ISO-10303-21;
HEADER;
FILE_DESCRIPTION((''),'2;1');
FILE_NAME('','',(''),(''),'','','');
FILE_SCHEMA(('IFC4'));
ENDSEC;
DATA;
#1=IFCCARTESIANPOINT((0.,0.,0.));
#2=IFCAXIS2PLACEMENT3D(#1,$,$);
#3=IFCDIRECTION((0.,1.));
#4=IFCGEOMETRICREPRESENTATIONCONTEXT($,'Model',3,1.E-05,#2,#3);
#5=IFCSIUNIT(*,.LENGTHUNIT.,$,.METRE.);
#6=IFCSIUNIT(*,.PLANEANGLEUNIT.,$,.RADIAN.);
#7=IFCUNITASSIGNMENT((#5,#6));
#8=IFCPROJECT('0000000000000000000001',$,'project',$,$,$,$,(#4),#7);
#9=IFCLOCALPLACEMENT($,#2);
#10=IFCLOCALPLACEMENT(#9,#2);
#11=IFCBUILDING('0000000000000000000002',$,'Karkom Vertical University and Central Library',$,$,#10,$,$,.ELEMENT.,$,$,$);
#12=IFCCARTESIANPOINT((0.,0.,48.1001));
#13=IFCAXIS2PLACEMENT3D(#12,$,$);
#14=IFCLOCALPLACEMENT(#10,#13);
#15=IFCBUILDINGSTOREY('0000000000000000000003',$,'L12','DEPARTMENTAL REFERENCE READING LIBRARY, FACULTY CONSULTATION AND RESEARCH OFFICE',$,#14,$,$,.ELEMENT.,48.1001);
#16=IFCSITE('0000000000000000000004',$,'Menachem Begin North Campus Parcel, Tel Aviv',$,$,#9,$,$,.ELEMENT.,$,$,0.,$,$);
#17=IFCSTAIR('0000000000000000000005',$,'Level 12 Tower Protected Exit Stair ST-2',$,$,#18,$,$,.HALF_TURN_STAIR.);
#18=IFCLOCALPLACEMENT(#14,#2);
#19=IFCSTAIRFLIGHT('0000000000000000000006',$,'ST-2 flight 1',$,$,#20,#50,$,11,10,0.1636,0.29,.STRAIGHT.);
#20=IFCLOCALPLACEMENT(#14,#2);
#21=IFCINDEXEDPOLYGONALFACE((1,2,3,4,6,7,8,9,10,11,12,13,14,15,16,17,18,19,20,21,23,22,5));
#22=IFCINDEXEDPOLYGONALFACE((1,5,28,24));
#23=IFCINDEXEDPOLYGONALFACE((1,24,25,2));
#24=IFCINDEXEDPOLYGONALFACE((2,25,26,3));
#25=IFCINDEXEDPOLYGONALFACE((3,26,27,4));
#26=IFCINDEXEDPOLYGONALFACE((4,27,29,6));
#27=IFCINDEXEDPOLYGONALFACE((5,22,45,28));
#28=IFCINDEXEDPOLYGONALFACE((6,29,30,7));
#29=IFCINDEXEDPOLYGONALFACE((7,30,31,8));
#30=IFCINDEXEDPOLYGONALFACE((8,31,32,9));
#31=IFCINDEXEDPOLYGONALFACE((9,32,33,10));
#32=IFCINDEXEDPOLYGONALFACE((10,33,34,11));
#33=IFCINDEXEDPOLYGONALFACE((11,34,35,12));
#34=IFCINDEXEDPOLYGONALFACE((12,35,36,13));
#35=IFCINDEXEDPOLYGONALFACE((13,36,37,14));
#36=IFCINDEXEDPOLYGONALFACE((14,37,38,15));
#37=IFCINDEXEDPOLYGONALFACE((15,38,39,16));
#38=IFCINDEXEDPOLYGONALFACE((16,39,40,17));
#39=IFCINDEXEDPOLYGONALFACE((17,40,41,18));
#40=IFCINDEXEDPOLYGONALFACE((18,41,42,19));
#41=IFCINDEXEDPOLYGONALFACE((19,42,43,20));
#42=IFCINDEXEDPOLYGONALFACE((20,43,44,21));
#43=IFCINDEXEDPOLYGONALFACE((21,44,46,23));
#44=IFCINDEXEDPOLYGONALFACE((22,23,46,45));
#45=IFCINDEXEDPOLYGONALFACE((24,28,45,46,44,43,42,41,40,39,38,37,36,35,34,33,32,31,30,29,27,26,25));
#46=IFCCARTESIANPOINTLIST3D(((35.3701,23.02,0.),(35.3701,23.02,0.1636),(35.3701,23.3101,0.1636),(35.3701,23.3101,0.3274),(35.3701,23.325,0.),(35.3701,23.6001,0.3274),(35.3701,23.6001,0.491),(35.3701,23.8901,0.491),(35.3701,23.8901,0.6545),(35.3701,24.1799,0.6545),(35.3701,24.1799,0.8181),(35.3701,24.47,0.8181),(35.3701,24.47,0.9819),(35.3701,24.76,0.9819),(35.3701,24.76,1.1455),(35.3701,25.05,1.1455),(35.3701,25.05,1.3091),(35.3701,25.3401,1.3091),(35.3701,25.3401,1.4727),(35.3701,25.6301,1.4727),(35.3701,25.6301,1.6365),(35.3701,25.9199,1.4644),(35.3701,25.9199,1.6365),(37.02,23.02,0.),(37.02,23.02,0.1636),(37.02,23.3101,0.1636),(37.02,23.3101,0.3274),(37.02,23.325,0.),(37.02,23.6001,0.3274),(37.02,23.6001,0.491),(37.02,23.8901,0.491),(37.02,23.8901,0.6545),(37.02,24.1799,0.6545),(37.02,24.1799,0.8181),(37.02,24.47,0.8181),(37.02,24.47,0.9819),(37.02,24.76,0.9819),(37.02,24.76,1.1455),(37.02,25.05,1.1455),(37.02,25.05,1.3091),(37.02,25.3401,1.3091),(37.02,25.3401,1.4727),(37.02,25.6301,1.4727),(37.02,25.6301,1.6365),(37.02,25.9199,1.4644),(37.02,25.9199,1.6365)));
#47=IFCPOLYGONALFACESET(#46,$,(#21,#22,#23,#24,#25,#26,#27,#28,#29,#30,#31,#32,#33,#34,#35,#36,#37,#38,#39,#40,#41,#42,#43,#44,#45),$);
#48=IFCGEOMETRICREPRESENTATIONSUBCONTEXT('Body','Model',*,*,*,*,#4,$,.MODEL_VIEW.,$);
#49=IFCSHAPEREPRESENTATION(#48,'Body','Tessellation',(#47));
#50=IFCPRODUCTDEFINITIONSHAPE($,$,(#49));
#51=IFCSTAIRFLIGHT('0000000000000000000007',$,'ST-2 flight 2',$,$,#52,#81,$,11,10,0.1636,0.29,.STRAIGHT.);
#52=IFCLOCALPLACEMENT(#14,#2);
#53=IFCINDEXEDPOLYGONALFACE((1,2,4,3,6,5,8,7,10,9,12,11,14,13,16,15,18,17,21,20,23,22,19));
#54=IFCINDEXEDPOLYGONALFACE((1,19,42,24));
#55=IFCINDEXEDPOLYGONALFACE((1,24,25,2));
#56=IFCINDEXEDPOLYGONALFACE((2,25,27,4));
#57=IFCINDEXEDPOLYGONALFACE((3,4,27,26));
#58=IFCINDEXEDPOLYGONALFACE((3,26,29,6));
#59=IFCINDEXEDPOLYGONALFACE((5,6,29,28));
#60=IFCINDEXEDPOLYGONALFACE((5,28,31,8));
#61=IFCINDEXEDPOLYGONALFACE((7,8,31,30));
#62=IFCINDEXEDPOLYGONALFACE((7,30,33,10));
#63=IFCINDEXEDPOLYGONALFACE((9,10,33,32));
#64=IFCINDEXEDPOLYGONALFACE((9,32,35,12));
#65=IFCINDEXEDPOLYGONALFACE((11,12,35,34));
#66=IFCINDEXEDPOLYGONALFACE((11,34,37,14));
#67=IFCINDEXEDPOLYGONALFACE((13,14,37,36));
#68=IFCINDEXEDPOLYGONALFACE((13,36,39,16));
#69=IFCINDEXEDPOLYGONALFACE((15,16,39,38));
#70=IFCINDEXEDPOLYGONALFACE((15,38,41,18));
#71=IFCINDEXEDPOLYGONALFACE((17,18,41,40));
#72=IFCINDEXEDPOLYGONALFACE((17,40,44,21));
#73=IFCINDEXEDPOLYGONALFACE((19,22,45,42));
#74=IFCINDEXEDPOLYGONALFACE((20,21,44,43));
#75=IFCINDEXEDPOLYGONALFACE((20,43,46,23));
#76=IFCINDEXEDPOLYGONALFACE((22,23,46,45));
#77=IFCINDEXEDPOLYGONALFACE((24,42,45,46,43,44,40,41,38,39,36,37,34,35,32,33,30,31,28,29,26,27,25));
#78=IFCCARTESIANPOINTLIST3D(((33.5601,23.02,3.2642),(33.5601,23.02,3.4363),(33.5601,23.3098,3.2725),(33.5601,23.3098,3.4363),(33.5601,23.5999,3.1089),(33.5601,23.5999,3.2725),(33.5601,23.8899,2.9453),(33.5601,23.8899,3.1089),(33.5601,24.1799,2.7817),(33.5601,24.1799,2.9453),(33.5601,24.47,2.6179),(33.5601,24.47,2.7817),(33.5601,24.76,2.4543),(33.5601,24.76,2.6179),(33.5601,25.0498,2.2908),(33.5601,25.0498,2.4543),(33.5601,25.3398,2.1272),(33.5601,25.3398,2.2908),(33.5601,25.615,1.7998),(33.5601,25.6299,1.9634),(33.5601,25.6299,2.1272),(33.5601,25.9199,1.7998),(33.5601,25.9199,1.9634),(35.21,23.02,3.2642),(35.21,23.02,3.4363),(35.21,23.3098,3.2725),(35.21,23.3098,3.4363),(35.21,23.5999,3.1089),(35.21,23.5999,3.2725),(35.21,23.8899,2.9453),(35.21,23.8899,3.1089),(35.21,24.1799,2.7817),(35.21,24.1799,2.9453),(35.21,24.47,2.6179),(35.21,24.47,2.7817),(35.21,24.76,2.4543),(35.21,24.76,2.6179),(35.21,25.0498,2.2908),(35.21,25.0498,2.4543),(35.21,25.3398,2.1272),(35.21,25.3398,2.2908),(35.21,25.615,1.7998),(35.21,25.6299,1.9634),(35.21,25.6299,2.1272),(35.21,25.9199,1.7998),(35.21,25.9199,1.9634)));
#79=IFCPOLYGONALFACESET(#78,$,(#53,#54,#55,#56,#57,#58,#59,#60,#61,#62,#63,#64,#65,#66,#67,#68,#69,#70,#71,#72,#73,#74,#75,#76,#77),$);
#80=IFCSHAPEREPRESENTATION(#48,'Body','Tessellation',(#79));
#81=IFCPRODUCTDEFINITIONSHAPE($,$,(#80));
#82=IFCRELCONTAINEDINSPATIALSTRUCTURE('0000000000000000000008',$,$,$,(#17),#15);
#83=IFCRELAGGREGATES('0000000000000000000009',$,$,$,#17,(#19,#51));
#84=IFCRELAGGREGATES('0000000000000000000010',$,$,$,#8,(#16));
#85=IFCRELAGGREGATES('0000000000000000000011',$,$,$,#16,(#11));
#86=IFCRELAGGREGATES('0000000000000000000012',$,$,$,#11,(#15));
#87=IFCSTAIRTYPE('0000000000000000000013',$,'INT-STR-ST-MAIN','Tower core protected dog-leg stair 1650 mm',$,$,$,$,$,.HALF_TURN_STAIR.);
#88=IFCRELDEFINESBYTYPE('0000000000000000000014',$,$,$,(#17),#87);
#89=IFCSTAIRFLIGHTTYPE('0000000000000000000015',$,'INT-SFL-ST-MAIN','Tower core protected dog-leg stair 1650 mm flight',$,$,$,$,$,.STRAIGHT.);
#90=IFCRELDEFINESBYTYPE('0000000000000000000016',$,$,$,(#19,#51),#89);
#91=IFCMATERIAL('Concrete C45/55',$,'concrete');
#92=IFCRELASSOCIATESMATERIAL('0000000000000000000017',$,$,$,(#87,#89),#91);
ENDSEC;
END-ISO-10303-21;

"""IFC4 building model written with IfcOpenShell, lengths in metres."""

from ifc_helpers import new_model, si_unit, direction, frame, origin, place, context, subcontext, project, spatial, polyline, outline, extrude, material, type_object, element, aggregate, save


model = new_model("IFC4")

# Units and contexts
model_context = context("Model", 3, precision=1e-05, world=origin(), true_north=direction((0.0, 1.0)))
body_context = subcontext(model_context, "Body", "Model", "MODEL_VIEW")
ifc_project = project(units=[si_unit("LENGTHUNIT", "METRE"), si_unit("PLANEANGLEUNIT", "RADIAN")], contexts=[model_context])

# Site, building, storey
site_placement = place(None, origin())
site = spatial("IfcSite", under=ifc_project, at=site_placement, Name="Menachem Begin North Campus Parcel, Tel Aviv", CompositionType="ELEMENT", RefElevation=0.0)
building_placement = place(site_placement, origin())
building = spatial("IfcBuilding", under=site, at=building_placement, Name="Karkom Vertical University and Central Library", CompositionType="ELEMENT")
storey_placement = place(building_placement, frame((0.0, 0.0, 48.1001)))
storey = spatial("IfcBuildingStorey", under=building, at=storey_placement, Name="L12", Description="DEPARTMENTAL REFERENCE READING LIBRARY, FACULTY CONSULTATION AND RESEARCH OFFICE", CompositionType="ELEMENT", Elevation=48.1001)

# Shared definitions
ifc_material_1 = material(Name="Concrete C45/55", Category="concrete")

# Stair, stair flights
stair_type = type_object("IfcStairType", Name="INT-STR-ST-MAIN", Description="Tower core protected dog-leg stair 1650 mm", PredefinedType="HALF_TURN_STAIR", material=ifc_material_1)
stair_placement = place(storey_placement, origin())
stair = element("IfcStair", 1, at=stair_placement, inside=storey, type_object=stair_type, Name="Level 12 Tower Protected Exit Stair ST-2", PredefinedType="HALF_TURN_STAIR")
stair_flight_type = type_object("IfcStairFlightType", Name="INT-SFL-ST-MAIN", Description="Tower core protected dog-leg stair 1650 mm flight", PredefinedType="STRAIGHT", material=ifc_material_1)
stair_flight_1_placement = place(storey_placement, frame((36.1951, 23.02, 0.0), z_axis=(0.0, 0.0, 1.0), x_axis=(0.0, 1.0, 0.0)))
stair_flight_1 = element("IfcStairFlight", 2, at=stair_flight_1_placement, type_object=stair_flight_type, Name="ST-2 flight 1", NumberOfRisers=11, NumberOfTreads=10, PredefinedType="STRAIGHT", RiserHeight=0.1636, TreadLength=0.29, context=body_context, shape_type="SweptSolid", body=[
    extrude(outline(polyline([(0.0, 0.0), (0.0, 0.1636), (0.29, 0.1636), (0.29, 0.3274), (0.5801, 0.3274), (0.5801, 0.491), (0.8701, 0.491), (0.8701, 0.6545), (1.1599, 0.6545), (1.1599, 0.8181), (1.45, 0.8181), (1.45, 0.9819), (1.74, 0.9819), (1.74, 1.1455), (2.03, 1.1455), (2.03, 1.3091), (2.3201, 1.3091), (2.3201, 1.4727), (2.6101, 1.4727), (2.6101, 1.6365), (2.8999, 1.6365), (2.8999, 1.8), (2.8999, 1.4644), (0.3049, 0.0), (0.0, 0.0)])), frame((0.0, 0.825, 0.0), z_axis=(0.0, -1.0, 0.0), x_axis=(1.0, 0.0, 0.0)), (0.0, 0.0, 1.0), 1.6499),
])
stair_flight_2_placement = place(storey_placement, frame((34.385, 25.9199, 1.7998), z_axis=(0.0, 0.0, 1.0), x_axis=(0.0, -1.0, 0.0)))
stair_flight_2 = element("IfcStairFlight", 3, at=stair_flight_2_placement, type_object=stair_flight_type, Name="ST-2 flight 2", NumberOfRisers=11, NumberOfTreads=10, PredefinedType="STRAIGHT", RiserHeight=0.1636, TreadLength=0.29, context=body_context, shape_type="SweptSolid", body=[
    extrude(outline(polyline([(0.0, 0.0), (0.0, 0.1636), (0.29, 0.1636), (0.29, 0.3274), (0.5801, 0.3274), (0.5801, 0.491), (0.8701, 0.491), (0.8701, 0.6545), (1.1599, 0.6545), (1.1599, 0.8181), (1.45, 0.8181), (1.45, 0.9819), (1.74, 0.9819), (1.74, 1.1455), (2.03, 1.1455), (2.03, 1.3091), (2.3201, 1.3091), (2.3201, 1.4727), (2.6101, 1.4727), (2.6101, 1.6365), (2.8999, 1.6365), (2.8999, 1.8), (2.8999, 1.4644), (0.3049, 0.0), (0.0, 0.0)])), frame((0.0, 0.825, 0.0), z_axis=(0.0, -1.0, 0.0), x_axis=(1.0, 0.0, 0.0)), (0.0, 0.0, 1.0), 1.6499),
])
aggregate(stair, [stair_flight_1, stair_flight_2])

save(model, "model.ifc")
